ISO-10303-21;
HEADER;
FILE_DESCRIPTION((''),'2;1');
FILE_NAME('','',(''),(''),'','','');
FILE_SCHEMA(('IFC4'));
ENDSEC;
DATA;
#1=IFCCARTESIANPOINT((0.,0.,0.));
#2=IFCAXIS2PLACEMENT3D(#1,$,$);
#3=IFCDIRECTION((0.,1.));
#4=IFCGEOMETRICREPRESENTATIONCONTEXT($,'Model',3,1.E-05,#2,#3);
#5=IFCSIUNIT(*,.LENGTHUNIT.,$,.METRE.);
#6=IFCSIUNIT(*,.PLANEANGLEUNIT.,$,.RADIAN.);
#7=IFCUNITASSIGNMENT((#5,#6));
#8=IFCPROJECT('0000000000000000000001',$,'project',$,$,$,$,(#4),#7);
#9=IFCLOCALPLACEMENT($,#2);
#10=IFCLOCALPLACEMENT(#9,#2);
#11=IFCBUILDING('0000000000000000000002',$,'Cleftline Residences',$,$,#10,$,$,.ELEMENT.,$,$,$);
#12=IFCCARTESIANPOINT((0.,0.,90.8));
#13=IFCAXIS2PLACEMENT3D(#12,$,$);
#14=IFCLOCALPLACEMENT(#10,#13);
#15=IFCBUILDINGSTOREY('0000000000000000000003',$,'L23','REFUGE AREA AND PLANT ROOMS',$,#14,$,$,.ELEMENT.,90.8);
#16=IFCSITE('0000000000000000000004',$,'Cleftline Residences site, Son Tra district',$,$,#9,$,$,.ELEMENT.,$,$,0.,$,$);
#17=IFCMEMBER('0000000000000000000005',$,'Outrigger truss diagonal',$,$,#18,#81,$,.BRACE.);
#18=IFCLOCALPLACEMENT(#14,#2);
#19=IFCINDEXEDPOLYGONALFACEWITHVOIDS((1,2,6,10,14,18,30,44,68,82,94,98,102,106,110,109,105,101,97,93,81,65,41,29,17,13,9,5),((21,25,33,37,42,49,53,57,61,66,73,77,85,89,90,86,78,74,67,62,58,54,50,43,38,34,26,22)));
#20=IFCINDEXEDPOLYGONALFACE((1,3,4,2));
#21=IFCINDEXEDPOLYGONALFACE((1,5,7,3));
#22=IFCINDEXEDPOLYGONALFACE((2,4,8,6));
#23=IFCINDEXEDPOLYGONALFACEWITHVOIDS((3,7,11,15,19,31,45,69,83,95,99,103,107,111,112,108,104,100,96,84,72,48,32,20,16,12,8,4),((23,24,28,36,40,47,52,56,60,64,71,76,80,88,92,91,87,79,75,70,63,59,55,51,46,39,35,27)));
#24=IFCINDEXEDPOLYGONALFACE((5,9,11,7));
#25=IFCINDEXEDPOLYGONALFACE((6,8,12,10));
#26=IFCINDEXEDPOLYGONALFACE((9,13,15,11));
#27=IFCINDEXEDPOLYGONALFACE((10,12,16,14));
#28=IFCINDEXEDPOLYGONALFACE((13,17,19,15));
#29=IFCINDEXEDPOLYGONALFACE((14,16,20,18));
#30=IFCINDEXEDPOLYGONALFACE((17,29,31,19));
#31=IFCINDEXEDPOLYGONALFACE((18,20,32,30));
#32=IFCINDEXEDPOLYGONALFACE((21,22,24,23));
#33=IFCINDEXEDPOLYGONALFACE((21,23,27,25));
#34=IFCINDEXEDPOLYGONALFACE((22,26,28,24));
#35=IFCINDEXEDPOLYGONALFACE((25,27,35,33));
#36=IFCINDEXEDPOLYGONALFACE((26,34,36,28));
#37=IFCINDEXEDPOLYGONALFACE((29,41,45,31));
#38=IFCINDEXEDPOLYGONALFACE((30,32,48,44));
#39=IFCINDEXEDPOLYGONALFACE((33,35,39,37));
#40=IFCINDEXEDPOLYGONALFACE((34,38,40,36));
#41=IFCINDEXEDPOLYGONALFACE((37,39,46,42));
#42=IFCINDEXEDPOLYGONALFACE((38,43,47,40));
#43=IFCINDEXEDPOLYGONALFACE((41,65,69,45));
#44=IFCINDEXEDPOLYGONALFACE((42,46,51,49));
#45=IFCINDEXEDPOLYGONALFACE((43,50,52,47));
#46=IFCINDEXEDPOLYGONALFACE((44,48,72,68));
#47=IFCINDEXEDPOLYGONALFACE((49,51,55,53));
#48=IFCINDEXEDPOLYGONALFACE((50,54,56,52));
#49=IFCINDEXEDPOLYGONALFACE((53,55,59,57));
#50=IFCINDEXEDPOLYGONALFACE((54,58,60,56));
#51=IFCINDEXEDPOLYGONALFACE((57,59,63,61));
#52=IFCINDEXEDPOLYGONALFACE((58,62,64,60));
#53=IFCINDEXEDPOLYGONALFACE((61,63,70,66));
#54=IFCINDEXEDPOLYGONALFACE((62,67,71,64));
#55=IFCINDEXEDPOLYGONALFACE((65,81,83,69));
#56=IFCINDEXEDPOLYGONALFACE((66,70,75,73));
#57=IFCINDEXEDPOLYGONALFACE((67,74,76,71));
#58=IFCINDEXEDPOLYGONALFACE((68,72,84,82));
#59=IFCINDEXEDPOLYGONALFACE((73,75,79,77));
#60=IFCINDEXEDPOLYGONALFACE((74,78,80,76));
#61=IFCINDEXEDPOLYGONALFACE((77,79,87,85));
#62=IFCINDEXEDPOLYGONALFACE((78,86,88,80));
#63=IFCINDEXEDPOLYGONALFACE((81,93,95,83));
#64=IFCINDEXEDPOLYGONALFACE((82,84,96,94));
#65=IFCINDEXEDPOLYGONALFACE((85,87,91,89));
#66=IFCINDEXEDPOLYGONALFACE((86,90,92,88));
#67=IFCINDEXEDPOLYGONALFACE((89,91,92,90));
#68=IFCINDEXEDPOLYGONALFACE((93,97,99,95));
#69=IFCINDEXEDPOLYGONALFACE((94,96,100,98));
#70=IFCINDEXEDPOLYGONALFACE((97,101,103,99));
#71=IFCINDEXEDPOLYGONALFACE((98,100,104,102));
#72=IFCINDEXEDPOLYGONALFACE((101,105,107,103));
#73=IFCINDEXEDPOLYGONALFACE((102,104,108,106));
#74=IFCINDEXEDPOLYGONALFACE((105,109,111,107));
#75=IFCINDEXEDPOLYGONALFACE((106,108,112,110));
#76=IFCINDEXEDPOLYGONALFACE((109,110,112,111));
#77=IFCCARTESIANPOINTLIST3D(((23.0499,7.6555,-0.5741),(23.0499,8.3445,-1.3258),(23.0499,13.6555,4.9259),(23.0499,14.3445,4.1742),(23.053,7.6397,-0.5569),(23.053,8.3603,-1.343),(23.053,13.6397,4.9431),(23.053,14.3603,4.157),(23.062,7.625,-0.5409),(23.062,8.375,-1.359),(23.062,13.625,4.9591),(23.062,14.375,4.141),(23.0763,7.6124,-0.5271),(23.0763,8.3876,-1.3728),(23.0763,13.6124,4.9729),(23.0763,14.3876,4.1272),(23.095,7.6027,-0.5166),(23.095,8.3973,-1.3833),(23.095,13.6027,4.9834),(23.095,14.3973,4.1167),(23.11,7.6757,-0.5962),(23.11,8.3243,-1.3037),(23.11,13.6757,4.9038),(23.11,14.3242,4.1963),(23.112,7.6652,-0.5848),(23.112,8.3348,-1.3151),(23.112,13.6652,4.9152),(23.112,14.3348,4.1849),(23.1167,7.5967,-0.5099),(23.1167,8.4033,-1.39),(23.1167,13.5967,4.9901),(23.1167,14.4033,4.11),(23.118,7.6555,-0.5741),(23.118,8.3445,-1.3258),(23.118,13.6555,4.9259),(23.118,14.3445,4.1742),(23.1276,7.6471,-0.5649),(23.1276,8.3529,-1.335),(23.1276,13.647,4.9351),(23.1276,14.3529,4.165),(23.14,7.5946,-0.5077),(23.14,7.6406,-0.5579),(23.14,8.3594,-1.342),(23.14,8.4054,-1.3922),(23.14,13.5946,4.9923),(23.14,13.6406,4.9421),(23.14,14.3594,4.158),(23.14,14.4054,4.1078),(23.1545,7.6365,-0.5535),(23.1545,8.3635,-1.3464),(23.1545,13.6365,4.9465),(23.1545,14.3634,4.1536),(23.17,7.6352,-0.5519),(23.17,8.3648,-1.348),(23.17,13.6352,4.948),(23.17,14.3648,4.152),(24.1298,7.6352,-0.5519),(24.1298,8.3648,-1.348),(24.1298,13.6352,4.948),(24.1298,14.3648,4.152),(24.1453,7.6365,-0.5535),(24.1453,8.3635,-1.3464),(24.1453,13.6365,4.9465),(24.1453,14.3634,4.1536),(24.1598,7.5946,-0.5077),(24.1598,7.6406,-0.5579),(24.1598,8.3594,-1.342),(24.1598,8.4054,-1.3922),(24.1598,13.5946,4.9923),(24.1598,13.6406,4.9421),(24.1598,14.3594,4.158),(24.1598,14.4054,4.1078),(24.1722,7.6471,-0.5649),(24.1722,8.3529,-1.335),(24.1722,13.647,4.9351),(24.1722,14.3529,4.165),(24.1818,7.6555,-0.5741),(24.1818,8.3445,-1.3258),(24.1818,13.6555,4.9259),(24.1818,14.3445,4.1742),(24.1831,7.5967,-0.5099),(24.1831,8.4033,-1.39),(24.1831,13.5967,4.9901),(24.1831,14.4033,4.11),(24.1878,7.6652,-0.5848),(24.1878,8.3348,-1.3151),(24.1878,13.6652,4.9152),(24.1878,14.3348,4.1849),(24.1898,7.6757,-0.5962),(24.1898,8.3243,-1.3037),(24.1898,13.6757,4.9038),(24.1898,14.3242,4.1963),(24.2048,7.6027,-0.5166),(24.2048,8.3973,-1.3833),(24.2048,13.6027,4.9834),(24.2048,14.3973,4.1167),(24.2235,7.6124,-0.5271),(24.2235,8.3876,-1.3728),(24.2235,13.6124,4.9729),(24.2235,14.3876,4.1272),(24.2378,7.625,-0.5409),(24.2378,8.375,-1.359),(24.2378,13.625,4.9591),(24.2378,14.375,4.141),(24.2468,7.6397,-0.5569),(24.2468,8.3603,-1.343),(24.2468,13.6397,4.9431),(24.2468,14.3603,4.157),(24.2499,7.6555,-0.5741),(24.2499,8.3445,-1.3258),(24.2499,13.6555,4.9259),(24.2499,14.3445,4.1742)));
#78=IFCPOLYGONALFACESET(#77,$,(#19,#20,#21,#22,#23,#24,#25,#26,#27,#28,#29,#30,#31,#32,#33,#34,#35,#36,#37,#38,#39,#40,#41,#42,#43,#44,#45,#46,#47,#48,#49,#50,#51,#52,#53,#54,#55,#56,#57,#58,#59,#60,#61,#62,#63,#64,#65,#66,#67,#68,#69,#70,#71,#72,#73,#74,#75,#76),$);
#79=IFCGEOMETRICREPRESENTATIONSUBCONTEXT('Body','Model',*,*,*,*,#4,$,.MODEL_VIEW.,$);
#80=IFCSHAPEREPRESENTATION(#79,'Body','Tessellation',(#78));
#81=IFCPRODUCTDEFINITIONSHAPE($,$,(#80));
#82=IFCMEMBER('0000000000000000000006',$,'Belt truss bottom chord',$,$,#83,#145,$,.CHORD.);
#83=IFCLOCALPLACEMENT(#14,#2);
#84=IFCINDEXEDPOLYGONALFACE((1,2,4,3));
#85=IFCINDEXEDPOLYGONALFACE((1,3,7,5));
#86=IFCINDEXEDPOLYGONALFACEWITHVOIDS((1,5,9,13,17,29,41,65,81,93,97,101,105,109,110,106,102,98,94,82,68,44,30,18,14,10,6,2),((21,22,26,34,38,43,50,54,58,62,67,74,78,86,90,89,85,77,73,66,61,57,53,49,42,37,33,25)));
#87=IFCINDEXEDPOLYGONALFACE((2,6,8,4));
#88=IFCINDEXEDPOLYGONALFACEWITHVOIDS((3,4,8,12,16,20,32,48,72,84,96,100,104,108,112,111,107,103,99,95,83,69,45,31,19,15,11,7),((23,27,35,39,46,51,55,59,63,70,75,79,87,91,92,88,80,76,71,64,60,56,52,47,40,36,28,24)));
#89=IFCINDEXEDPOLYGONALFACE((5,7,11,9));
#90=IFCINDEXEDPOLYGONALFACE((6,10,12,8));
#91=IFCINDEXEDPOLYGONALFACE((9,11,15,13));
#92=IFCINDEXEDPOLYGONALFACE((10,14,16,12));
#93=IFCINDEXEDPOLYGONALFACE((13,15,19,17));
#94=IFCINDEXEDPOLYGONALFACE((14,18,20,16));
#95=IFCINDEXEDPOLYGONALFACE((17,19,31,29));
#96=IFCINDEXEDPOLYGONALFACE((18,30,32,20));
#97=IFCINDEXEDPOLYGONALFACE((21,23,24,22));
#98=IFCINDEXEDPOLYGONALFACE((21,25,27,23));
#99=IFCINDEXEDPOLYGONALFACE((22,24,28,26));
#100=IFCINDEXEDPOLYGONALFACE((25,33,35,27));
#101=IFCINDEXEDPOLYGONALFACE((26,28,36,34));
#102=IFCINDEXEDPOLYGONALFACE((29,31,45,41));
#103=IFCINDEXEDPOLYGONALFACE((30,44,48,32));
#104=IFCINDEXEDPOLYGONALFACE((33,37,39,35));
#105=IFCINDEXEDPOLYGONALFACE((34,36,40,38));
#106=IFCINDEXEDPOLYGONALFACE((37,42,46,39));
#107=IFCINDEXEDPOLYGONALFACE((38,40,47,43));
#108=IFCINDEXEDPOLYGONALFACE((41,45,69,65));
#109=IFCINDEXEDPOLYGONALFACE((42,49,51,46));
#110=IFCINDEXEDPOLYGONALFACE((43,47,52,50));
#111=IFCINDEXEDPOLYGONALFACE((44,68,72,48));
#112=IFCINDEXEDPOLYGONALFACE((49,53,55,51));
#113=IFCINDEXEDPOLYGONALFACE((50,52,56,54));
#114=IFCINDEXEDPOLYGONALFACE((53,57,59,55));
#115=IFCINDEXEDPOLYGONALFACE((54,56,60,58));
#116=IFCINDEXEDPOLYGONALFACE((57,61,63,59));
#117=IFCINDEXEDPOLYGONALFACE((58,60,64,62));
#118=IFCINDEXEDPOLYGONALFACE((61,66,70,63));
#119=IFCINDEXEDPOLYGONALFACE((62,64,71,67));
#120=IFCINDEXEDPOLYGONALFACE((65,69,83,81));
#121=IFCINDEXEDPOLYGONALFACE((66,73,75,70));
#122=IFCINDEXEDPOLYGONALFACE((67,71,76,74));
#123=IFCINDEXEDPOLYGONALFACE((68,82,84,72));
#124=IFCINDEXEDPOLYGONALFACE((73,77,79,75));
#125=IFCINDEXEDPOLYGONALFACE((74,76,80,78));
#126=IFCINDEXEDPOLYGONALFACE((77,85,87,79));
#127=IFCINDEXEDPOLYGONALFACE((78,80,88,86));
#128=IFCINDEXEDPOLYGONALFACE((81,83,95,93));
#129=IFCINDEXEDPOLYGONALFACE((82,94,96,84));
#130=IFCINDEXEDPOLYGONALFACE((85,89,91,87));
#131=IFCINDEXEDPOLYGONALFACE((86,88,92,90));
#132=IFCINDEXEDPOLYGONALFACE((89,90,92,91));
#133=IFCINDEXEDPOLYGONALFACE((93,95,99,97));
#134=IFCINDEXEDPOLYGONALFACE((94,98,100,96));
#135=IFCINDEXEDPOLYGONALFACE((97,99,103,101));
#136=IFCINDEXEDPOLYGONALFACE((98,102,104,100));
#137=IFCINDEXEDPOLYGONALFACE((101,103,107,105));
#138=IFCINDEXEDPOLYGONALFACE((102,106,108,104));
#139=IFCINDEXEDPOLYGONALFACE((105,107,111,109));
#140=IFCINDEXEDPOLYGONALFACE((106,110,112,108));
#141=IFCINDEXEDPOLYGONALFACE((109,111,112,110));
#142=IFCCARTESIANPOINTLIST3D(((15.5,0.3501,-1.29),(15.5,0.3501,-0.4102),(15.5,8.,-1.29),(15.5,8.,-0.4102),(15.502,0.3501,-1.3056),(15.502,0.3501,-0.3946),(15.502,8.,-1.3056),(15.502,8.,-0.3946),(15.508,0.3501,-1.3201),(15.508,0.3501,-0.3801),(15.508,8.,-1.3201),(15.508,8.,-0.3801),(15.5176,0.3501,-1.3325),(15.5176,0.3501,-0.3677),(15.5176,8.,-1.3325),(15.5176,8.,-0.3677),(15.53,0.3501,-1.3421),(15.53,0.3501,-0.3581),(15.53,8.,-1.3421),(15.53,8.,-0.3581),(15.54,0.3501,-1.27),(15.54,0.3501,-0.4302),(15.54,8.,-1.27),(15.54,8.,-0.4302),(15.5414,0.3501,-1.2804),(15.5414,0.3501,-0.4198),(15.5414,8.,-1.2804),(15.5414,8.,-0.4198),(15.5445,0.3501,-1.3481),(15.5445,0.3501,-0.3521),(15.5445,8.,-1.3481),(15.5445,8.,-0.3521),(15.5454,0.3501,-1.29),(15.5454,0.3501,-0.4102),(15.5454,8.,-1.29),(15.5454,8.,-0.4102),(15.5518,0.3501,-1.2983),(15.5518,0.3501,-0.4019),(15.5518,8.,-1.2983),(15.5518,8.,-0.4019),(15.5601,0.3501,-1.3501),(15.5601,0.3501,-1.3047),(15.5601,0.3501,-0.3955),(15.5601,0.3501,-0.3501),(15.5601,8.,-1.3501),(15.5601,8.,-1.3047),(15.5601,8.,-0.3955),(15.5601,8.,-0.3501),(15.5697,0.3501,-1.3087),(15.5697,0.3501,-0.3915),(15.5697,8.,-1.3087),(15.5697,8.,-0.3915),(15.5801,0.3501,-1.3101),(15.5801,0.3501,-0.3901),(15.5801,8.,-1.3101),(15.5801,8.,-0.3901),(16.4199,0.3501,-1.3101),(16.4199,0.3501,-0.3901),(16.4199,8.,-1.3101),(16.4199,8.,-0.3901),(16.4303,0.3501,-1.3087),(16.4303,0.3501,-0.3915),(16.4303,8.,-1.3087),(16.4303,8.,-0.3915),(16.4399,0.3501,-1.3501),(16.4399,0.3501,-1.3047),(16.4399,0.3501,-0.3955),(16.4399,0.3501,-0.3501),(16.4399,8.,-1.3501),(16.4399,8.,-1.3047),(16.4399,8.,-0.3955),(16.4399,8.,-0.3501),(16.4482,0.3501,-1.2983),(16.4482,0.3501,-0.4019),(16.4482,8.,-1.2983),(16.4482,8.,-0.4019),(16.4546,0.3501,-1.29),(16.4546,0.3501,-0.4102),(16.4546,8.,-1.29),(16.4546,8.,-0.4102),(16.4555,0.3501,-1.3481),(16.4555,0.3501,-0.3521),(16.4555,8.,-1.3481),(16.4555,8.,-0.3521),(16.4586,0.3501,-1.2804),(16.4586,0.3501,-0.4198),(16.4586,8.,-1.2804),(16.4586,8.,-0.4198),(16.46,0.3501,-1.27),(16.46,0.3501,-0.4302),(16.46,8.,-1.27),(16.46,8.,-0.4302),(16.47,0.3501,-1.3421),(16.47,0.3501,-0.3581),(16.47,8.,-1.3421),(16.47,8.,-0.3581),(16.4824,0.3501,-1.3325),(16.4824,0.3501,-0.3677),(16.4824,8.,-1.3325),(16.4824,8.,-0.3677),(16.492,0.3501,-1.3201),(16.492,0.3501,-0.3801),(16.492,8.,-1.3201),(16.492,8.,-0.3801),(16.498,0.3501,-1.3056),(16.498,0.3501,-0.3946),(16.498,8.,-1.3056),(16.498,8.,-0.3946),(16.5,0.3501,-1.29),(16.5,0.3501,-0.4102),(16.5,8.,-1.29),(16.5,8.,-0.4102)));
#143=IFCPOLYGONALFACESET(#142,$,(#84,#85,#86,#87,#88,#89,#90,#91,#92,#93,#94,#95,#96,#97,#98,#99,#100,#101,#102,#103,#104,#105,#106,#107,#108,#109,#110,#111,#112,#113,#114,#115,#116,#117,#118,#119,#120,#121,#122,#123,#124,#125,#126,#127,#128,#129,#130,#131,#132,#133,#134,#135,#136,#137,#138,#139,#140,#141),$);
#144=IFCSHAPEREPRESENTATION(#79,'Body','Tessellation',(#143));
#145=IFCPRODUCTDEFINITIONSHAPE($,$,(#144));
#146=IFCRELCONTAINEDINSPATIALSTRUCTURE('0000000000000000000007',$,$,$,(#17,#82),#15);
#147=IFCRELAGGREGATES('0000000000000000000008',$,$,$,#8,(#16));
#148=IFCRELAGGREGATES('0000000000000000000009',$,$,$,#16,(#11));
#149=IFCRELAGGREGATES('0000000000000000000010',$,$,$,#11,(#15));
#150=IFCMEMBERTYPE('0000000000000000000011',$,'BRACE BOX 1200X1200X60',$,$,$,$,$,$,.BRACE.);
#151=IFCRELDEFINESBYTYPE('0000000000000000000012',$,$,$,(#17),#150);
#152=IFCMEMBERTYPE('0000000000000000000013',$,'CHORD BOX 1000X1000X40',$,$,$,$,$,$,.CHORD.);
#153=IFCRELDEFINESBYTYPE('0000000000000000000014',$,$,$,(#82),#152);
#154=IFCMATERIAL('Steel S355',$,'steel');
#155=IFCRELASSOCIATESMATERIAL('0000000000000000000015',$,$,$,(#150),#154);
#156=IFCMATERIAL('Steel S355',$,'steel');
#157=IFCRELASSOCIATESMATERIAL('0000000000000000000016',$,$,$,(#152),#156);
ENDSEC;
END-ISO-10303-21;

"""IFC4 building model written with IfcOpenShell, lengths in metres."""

from ifc_helpers import new_model, si_unit, direction, frame, origin, origin_2d, place, context, subcontext, project, spatial, hollow_rectangle, extrude, material, material_profile, profile_set, type_object, element, save


model = new_model("IFC4")

# Units and contexts
model_context = context("Model", 3, precision=1e-05, world=origin(), true_north=direction((0.0, 1.0)))
body_context = subcontext(model_context, "Body", "Model", "MODEL_VIEW")
ifc_project = project(units=[si_unit("LENGTHUNIT", "METRE"), si_unit("PLANEANGLEUNIT", "RADIAN")], contexts=[model_context])

# Site, building, storey
site_placement = place(None, origin())
site = spatial("IfcSite", under=ifc_project, at=site_placement, Name="Cleftline Residences site, Son Tra district", CompositionType="ELEMENT", RefElevation=0.0)
building_placement = place(site_placement, origin())
building = spatial("IfcBuilding", under=site, at=building_placement, Name="Cleftline Residences", CompositionType="ELEMENT")
storey_placement = place(building_placement, frame((0.0, 0.0, 90.8)))
storey = spatial("IfcBuildingStorey", under=building, at=storey_placement, Name="L23", Description="REFUGE AREA AND PLANT ROOMS", CompositionType="ELEMENT", Elevation=90.8)

# Members
ifc_material_1 = material(Name="Steel S355", Category="steel")
ifc_material_profile_1 = material_profile(ifc_material_1, hollow_rectangle(XDim=1.2, YDim=1.2, WallThickness=0.0601, InnerFilletRadius=0.0601, OuterFilletRadius=0.0901, at=origin_2d()))
ifc_profile_set_1 = profile_set([ifc_material_profile_1], Name="Steel S355")
member_type_1 = type_object("IfcMemberType", Name="BRACE BOX 1200X1200X60", PredefinedType="BRACE", material=ifc_profile_set_1)
member_1_placement = place(storey_placement, frame((23.6499, 8.0, -0.95), z_axis=(0.0, 0.737154, 0.675725), x_axis=(0.0, -0.675725, 0.737154)))
element("IfcMember", 1, at=member_1_placement, inside=storey, type_object=member_type_1, Name="Outrigger truss diagonal", PredefinedType="BRACE", context=body_context, shape_type="SweptSolid", body=[
    extrude(hollow_rectangle(XDim=1.2, YDim=1.2, WallThickness=0.0601, InnerFilletRadius=0.0601, OuterFilletRadius=0.0901, at=origin_2d()), origin(), (0.0, 0.0, 1.0), 8.1394),
])
ifc_material_2 = material(Name="Steel S355", Category="steel")
ifc_material_profile_2 = material_profile(ifc_material_2, hollow_rectangle(XDim=1.0, YDim=1.0, WallThickness=0.04, InnerFilletRadius=0.04, OuterFilletRadius=0.0601, at=origin_2d()))
ifc_profile_set_2 = profile_set([ifc_material_profile_2], Name="Steel S355")
member_type_2 = type_object("IfcMemberType", Name="CHORD BOX 1000X1000X40", PredefinedType="CHORD", material=ifc_profile_set_2)
for number, where, z_axis, x_axis, name in (
    (2, (16.0, 0.3501, -0.8501), (0.0, 1.0, 0.0), (-1.0, 0.0, 0.0), "Belt truss bottom chord"),
):
    element("IfcMember", number, at=place(storey_placement, frame(where, z_axis=z_axis, x_axis=x_axis)), inside=storey, type_object=member_type_2, Name=name, PredefinedType="CHORD", context=body_context, shape_type="SweptSolid", body=[
        extrude(hollow_rectangle(XDim=1.0, YDim=1.0, WallThickness=0.04, InnerFilletRadius=0.04, OuterFilletRadius=0.0601, at=origin_2d()), origin(), (0.0, 0.0, 1.0), 7.6499),
    ])

save(model, "model.ifc")
